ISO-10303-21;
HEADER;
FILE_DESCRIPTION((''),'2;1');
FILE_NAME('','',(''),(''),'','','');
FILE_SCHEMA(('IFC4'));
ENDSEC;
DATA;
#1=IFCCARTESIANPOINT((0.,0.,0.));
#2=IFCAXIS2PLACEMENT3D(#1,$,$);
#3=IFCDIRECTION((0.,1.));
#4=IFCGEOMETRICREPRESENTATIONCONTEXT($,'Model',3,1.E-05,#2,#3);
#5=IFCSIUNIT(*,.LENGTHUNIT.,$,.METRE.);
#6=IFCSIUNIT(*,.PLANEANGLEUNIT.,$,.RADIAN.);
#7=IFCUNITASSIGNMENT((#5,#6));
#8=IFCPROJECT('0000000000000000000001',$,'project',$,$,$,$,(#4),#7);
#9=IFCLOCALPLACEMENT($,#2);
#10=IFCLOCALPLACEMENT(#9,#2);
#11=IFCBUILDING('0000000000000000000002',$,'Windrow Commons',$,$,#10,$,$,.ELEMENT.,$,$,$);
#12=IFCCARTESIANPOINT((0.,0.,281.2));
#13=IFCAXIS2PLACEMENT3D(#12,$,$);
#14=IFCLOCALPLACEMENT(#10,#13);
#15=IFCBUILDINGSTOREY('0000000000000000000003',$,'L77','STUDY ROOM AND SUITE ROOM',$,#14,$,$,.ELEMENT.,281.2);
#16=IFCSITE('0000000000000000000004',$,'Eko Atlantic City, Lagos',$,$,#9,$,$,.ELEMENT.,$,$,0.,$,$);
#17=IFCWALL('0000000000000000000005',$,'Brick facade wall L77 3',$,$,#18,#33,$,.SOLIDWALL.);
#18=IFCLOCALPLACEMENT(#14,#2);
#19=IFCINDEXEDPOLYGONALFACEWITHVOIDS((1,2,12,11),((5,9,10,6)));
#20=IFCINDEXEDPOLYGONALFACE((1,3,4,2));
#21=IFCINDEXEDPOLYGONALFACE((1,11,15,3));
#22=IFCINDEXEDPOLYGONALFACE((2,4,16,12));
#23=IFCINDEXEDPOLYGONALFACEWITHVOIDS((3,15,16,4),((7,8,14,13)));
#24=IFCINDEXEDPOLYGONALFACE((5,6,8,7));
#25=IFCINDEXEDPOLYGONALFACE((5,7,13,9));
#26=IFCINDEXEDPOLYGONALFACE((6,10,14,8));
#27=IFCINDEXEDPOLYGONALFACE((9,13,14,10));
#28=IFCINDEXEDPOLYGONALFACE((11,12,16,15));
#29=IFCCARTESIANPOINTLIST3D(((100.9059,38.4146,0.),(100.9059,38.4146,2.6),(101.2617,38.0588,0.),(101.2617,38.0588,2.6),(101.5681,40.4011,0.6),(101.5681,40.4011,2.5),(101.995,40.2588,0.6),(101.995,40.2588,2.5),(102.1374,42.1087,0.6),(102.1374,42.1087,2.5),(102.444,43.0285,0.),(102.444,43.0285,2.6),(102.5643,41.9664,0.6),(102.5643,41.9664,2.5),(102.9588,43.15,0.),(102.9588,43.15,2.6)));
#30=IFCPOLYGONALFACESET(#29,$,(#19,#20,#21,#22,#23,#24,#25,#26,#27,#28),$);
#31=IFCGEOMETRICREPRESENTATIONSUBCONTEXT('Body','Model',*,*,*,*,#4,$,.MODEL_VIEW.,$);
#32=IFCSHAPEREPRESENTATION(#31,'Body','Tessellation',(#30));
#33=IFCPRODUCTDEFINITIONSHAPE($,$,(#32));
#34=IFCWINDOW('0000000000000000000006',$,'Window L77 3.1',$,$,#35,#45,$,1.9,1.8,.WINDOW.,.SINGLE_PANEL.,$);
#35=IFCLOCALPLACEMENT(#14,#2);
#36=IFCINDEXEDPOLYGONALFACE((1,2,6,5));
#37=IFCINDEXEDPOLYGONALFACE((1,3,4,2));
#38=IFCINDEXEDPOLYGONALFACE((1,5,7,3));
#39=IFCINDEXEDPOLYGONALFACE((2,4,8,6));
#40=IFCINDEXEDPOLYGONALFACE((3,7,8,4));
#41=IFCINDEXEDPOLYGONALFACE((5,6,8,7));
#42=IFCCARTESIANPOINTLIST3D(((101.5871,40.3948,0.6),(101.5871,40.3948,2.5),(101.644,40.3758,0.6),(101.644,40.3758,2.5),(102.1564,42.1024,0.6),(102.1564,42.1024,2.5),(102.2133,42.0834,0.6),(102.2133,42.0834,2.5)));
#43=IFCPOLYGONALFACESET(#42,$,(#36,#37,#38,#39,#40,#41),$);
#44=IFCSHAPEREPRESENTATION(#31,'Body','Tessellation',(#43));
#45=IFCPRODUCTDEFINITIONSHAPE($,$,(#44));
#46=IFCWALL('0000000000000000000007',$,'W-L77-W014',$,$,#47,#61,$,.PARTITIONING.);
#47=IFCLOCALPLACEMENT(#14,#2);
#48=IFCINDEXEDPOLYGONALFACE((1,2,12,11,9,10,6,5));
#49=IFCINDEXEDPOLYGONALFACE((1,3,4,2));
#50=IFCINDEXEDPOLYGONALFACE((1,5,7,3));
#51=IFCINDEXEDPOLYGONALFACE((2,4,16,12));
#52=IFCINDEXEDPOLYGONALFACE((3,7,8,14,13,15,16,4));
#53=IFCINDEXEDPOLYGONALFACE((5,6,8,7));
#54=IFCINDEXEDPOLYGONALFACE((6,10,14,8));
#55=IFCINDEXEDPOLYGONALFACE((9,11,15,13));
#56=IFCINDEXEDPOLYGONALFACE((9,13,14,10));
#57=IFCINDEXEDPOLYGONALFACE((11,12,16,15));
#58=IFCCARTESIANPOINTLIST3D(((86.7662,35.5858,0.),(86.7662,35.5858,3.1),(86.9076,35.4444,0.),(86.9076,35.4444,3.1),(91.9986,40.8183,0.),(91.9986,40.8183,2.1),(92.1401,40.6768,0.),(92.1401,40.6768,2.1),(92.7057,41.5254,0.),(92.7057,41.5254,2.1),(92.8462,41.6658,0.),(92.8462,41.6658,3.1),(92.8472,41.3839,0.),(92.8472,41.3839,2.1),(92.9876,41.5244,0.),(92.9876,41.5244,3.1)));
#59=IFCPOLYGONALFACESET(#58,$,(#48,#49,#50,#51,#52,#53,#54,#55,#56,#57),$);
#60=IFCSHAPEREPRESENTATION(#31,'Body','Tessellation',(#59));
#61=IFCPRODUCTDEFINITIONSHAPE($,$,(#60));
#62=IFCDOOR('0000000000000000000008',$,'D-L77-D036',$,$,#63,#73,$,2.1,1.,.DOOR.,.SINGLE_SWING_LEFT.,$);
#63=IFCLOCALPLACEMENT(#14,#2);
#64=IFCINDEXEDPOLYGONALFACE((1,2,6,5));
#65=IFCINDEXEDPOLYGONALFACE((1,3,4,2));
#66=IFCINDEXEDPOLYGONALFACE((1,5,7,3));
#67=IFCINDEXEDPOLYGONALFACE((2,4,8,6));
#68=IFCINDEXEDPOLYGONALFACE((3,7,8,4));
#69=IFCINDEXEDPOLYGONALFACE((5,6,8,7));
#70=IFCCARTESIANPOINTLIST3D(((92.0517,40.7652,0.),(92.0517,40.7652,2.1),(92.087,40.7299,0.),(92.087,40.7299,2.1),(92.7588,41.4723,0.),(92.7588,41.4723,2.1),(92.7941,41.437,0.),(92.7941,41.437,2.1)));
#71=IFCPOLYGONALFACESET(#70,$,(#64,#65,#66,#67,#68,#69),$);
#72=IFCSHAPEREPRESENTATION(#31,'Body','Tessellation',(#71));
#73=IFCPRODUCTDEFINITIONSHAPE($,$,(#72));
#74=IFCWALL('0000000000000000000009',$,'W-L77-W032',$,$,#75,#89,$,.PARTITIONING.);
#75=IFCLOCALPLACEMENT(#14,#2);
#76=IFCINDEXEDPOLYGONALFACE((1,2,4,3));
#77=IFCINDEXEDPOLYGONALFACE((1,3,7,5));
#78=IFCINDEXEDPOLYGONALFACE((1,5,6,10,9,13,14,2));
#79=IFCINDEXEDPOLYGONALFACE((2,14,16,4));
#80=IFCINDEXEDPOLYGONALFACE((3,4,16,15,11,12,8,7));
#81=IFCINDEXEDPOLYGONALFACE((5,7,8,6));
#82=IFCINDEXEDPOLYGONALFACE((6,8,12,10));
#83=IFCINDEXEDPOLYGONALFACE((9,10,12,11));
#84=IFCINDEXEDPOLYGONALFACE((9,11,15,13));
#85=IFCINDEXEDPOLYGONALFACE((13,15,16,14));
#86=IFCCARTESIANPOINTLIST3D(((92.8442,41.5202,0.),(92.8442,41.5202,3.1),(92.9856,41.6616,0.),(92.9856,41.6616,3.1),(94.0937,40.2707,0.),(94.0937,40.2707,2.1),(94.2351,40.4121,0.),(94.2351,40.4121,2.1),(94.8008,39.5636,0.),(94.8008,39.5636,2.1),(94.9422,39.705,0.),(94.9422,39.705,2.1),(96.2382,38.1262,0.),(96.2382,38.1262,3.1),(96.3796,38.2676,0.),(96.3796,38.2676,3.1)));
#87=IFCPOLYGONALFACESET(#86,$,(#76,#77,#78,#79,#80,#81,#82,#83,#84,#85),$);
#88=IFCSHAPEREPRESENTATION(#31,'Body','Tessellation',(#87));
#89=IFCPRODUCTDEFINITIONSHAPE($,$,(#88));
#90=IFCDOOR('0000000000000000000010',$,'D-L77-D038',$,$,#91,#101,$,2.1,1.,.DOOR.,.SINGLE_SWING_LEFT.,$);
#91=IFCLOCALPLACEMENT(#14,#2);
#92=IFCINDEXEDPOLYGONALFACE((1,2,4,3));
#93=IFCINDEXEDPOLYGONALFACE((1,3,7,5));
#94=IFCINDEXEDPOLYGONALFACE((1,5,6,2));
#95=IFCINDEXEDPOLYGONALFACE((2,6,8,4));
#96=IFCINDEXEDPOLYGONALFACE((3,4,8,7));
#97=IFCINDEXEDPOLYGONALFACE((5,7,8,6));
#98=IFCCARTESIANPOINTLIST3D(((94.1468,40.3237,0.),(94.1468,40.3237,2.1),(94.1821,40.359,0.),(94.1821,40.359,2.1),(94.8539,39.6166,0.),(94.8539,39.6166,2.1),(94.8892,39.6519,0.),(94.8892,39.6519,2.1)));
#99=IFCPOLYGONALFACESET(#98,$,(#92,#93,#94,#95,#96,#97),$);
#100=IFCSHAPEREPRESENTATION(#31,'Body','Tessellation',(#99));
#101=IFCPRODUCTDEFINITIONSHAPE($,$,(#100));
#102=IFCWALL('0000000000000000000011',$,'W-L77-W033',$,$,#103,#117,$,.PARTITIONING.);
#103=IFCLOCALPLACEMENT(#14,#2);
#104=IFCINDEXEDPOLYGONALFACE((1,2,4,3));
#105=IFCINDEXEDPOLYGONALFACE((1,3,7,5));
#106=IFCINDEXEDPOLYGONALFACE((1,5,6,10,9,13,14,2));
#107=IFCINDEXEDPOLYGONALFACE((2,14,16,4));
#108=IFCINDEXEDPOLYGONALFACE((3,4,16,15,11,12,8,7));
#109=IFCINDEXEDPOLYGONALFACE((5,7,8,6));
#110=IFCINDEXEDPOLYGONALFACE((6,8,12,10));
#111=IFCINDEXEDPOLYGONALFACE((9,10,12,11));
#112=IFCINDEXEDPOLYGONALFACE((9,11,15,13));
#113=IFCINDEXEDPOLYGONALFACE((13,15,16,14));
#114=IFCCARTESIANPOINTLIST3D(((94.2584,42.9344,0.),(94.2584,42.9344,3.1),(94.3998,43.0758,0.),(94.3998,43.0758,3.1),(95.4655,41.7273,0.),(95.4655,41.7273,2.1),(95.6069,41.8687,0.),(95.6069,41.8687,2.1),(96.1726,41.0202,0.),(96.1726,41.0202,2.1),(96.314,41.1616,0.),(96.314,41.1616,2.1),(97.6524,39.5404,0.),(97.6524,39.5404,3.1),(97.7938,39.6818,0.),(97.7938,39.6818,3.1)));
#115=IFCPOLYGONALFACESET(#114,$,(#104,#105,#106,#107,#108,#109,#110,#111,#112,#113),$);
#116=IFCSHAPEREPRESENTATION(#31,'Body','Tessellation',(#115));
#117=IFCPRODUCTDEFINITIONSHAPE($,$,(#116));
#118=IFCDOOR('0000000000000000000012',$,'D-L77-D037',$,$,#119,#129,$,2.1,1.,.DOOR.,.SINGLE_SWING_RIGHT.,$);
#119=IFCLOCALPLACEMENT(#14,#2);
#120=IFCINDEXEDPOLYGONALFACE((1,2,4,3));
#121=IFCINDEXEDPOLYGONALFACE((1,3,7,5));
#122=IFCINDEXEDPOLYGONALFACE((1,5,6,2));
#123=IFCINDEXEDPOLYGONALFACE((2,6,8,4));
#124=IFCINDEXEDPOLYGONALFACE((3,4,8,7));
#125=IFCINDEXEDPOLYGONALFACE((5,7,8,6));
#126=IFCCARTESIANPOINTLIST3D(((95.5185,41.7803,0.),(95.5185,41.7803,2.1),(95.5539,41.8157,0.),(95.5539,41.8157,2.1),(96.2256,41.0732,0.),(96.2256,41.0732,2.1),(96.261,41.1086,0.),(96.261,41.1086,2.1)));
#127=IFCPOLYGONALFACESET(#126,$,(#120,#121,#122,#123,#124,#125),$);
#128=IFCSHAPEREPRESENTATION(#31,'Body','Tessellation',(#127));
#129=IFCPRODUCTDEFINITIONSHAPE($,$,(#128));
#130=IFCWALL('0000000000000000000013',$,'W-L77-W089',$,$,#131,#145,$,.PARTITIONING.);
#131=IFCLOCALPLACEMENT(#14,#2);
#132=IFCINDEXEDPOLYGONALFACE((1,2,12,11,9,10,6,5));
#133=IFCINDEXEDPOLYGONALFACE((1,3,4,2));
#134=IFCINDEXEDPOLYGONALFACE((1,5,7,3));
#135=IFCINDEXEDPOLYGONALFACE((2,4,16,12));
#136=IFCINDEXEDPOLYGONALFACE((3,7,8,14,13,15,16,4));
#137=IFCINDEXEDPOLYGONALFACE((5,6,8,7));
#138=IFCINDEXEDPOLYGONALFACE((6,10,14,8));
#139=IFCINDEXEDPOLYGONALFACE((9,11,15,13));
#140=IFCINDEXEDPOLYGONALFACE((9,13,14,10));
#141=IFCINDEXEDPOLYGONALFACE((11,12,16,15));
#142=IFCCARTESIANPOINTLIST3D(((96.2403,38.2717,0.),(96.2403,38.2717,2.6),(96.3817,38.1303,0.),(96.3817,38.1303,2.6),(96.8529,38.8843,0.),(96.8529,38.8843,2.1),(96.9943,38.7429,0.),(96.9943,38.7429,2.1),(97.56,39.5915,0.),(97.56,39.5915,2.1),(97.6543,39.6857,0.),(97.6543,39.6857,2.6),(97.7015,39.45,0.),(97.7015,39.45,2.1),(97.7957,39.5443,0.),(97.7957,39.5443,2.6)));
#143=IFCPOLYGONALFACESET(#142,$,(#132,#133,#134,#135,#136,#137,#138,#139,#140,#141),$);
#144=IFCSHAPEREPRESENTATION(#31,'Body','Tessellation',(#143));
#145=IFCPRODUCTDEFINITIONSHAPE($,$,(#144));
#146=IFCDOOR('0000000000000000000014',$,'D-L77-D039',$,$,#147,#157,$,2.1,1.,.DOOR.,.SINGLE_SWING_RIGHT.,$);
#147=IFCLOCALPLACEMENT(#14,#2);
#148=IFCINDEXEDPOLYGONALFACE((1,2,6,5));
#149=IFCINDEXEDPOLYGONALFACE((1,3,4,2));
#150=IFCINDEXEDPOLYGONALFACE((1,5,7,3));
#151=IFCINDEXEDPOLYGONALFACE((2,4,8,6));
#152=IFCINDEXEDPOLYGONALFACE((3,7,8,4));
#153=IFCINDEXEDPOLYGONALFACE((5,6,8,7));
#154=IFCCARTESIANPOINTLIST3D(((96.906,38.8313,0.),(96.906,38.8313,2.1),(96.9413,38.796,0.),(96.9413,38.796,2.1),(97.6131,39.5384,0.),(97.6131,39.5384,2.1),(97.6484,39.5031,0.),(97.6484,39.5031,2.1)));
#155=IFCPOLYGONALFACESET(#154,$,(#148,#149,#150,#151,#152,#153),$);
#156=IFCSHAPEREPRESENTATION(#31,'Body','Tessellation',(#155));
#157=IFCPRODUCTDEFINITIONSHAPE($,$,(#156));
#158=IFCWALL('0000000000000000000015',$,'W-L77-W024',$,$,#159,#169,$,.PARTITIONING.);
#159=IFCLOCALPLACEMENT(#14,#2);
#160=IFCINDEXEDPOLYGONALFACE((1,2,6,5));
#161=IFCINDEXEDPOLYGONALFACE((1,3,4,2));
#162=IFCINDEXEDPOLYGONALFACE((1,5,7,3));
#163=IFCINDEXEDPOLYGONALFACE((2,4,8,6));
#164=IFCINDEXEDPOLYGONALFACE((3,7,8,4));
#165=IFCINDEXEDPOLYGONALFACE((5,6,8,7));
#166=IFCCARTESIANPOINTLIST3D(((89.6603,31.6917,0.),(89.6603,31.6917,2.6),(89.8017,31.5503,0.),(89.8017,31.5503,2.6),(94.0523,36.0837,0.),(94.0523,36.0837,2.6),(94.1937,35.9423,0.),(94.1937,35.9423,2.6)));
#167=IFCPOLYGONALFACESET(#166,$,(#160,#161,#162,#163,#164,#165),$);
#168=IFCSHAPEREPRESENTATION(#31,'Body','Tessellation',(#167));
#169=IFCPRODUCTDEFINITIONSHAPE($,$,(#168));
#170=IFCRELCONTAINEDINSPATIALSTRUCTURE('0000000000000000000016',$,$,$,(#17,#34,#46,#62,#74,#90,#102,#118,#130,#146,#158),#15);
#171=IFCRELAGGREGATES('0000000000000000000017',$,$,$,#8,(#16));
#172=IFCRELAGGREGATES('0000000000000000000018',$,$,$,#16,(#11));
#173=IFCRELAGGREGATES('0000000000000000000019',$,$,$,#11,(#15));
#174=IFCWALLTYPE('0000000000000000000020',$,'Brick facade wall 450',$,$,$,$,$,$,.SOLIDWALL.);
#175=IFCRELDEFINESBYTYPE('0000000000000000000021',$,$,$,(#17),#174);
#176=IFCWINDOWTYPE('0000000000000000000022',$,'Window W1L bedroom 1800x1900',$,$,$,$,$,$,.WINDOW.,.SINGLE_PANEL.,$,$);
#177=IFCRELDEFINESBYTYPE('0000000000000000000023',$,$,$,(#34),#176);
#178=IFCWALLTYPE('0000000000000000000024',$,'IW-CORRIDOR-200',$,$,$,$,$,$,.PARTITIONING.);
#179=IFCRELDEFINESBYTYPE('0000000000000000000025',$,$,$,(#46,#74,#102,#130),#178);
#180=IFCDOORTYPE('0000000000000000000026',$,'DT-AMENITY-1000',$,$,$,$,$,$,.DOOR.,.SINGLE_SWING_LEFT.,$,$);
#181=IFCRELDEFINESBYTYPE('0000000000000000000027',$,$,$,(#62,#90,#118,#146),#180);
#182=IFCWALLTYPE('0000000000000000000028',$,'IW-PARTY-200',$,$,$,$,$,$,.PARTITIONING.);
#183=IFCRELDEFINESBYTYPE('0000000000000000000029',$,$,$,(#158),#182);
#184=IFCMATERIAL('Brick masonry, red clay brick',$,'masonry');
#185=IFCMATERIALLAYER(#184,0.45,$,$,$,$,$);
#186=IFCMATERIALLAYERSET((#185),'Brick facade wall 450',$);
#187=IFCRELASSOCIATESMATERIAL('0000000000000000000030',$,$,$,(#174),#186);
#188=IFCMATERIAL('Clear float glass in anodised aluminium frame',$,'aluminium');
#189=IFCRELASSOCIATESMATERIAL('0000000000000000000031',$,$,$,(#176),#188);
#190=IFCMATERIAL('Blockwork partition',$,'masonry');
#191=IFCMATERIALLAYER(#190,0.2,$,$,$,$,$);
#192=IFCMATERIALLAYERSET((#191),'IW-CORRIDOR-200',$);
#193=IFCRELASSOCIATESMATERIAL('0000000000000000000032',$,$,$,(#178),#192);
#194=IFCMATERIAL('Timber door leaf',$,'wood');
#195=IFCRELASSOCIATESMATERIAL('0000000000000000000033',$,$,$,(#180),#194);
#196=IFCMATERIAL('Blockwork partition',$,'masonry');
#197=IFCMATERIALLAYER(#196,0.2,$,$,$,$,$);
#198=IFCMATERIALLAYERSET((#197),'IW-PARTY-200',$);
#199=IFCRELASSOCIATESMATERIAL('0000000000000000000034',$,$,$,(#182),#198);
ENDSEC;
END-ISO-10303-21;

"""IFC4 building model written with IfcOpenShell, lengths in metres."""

from ifc_helpers import new_model, si_unit, direction, frame, frame_2d, origin, place, context, subcontext, project, spatial, polyline, rectangle, outline, extrude, material, layer, layer_set, type_object, element, fill, save


model = new_model("IFC4")

# Units and contexts
model_context = context("Model", 3, precision=1e-05, world=origin(), true_north=direction((0.0, 1.0)))
body_context = subcontext(model_context, "Body", "Model", "MODEL_VIEW")
ifc_project = project(units=[si_unit("LENGTHUNIT", "METRE"), si_unit("PLANEANGLEUNIT", "RADIAN")], contexts=[model_context])

# Site, building, storey
site_placement = place(None, origin())
site = spatial("IfcSite", under=ifc_project, at=site_placement, Name="Eko Atlantic City, Lagos", CompositionType="ELEMENT", RefElevation=0.0)
building_placement = place(site_placement, origin())
building = spatial("IfcBuilding", under=site, at=building_placement, Name="Windrow Commons", CompositionType="ELEMENT")
storey_placement = place(building_placement, frame((0.0, 0.0, 281.2)))
storey = spatial("IfcBuildingStorey", under=building, at=storey_placement, Name="L77", Description="STUDY ROOM AND SUITE ROOM", CompositionType="ELEMENT", Elevation=281.2)

# Shared definitions
ifc_material_1 = material(Name="Brick masonry, red clay brick", Category="masonry")
ifc_layer_1 = layer(ifc_material_1, 0.45)
ifc_layer_set_1 = layer_set([ifc_layer_1], Name="Brick facade wall 450")
wall_type_1 = type_object("IfcWallType", Name="Brick facade wall 450", PredefinedType="SOLIDWALL", material=ifc_layer_set_1)
ifc_material_2 = material(Name="Clear float glass in anodised aluminium frame", Category="aluminium")
window_type = type_object("IfcWindowType", Name="Window W1L bedroom 1800x1900", PartitioningType="SINGLE_PANEL", PredefinedType="WINDOW", material=ifc_material_2)

# Wall, opening, window
wall_1_placement = place(storey_placement, frame((101.0838, 38.2367, 0.0), z_axis=(0.0, 0.0, 1.0), x_axis=(0.316245, 0.948677, 0.0)))
wall_1 = element("IfcWall", 1, at=wall_1_placement, inside=storey, type_object=wall_type_1, Name="Brick facade wall L77 3", PredefinedType="SOLIDWALL", context=body_context, shape_type="SweptSolid", body=[
    extrude(outline(polyline([(-0.1125, -0.225), (5.2541, -0.225), (4.976, 0.225), (0.1125, 0.225), (-0.1125, -0.225)])), origin(), (0.0, 0.0, 1.0), 2.6),
])
opening_1_placement = place(wall_1_placement, frame((2.2065, 0.0, 0.6)))
opening_1 = element("IfcOpeningElement", 2, at=opening_1_placement, cuts=wall_1, PredefinedType="OPENING", context=body_context, shape_type="SweptSolid", body=[
    extrude(rectangle(XDim=1.8, YDim=1.9, at=frame_2d((0.9, 0.95))), frame((0.0, 0.235, 0.0), z_axis=(0.0, -1.0, 0.0), x_axis=(1.0, 0.0, 0.0)), (0.0, 0.0, 1.0), 0.47),
])
window_1_placement = place(opening_1_placement, origin())
window_1 = element("IfcWindow", 3, at=window_1_placement, inside=storey, type_object=window_type, Name="Window L77 3.1", OverallHeight=1.9, OverallWidth=1.8, PartitioningType="SINGLE_PANEL", PredefinedType="WINDOW", context=body_context, shape_type="SweptSolid", body=[
    extrude(rectangle(XDim=1.8, YDim=1.9, at=frame_2d((0.9, 0.95))), frame((0.0, 0.205, 0.0), z_axis=(0.0, -1.0, 0.0), x_axis=(1.0, 0.0, 0.0)), (0.0, 0.0, 1.0), 0.06),
])
fill(opening_1, window_1)

# Walls, openings, doors
ifc_material_3 = material(Name="Blockwork partition", Category="masonry")
ifc_layer_2 = layer(ifc_material_3, 0.2)
ifc_layer_set_2 = layer_set([ifc_layer_2], Name="IW-CORRIDOR-200")
wall_type_2 = type_object("IfcWallType", Name="IW-CORRIDOR-200", PredefinedType="PARTITIONING", material=ifc_layer_set_2)
wall_2_placement = place(storey_placement, frame((86.8369, 35.5151, 0.0), z_axis=(0.0, 0.0, 1.0), x_axis=(0.707107, 0.707107, 0.0)))
wall_2 = element("IfcWall", 4, at=wall_2_placement, inside=storey, type_object=wall_type_2, Name="W-L77-W014", PredefinedType="PARTITIONING", context=body_context, shape_type="SweptSolid", body=[
    extrude(rectangle(XDim=8.5984, YDim=0.2, at=frame_2d((4.2992, 0.0))), origin(), (0.0, 0.0, 1.0), 3.1),
])
opening_2_placement = place(wall_2_placement, frame((7.3998, 0.0, 0.0)))
opening_2 = element("IfcOpeningElement", 5, at=opening_2_placement, cuts=wall_2, PredefinedType="OPENING", context=body_context, shape_type="SweptSolid", body=[
    extrude(rectangle(XDim=1.0, YDim=2.1, at=frame_2d((0.5, 1.05))), frame((0.0, 0.11, 0.0), z_axis=(0.0, -1.0, 0.0), x_axis=(1.0, 0.0, 0.0)), (0.0, 0.0, 1.0), 0.22),
])
ifc_material_4 = material(Name="Timber door leaf", Category="wood")
door_type_1 = type_object("IfcDoorType", Name="DT-AMENITY-1000", OperationType="SINGLE_SWING_LEFT", PredefinedType="DOOR", material=ifc_material_4)
door_1_placement = place(opening_2_placement, origin())
door_1 = element("IfcDoor", 6, at=door_1_placement, inside=storey, type_object=door_type_1, Name="D-L77-D036", OperationType="SINGLE_SWING_LEFT", OverallHeight=2.1, OverallWidth=1.0, PredefinedType="DOOR", context=body_context, shape_type="SweptSolid", body=[
    extrude(rectangle(XDim=1.0, YDim=2.1, at=frame_2d((0.5, 1.05))), frame((0.0, 0.025, 0.0), z_axis=(0.0, -1.0, 0.0), x_axis=(1.0, 0.0, 0.0)), (0.0, 0.0, 1.0), 0.05),
])
fill(opening_2, door_1)
wall_3_placement = place(storey_placement, frame((92.9149, 41.5909, 0.0), z_axis=(0.0, 0.0, 1.0), x_axis=(0.707107, -0.707107, 0.0)))
wall_3 = element("IfcWall", 7, at=wall_3_placement, inside=storey, type_object=wall_type_2, Name="W-L77-W032", PredefinedType="PARTITIONING", context=body_context, shape_type="SweptSolid", body=[
    extrude(rectangle(XDim=4.7998, YDim=0.2, at=frame_2d((2.3999, 0.0))), origin(), (0.0, 0.0, 1.0), 3.1),
])
opening_3_placement = place(wall_3_placement, frame((1.7671, 0.0, 0.0)))
opening_3 = element("IfcOpeningElement", 8, at=opening_3_placement, cuts=wall_3, PredefinedType="OPENING", context=body_context, shape_type="SweptSolid", body=[
    extrude(rectangle(XDim=1.0, YDim=2.1, at=frame_2d((0.5, 1.05))), frame((0.0, 0.11, 0.0), z_axis=(0.0, -1.0, 0.0), x_axis=(1.0, 0.0, 0.0)), (0.0, 0.0, 1.0), 0.22),
])
door_2_placement = place(opening_3_placement, origin())
door_2 = element("IfcDoor", 9, at=door_2_placement, inside=storey, type_object=door_type_1, Name="D-L77-D038", OperationType="SINGLE_SWING_LEFT", OverallHeight=2.1, OverallWidth=1.0, PredefinedType="DOOR", context=body_context, shape_type="SweptSolid", body=[
    extrude(rectangle(XDim=1.0, YDim=2.1, at=frame_2d((0.5, 1.05))), frame((0.0, 0.025, 0.0), z_axis=(0.0, -1.0, 0.0), x_axis=(1.0, 0.0, 0.0)), (0.0, 0.0, 1.0), 0.05),
])
fill(opening_3, door_2)
wall_4_placement = place(storey_placement, frame((94.3291, 43.0051, 0.0), z_axis=(0.0, 0.0, 1.0), x_axis=(0.707107, -0.707107, 0.0)))
wall_4 = element("IfcWall", 10, at=wall_4_placement, inside=storey, type_object=wall_type_2, Name="W-L77-W033", PredefinedType="PARTITIONING", context=body_context, shape_type="SweptSolid", body=[
    extrude(rectangle(XDim=4.7998, YDim=0.2, at=frame_2d((2.3999, 0.0))), origin(), (0.0, 0.0, 1.0), 3.1),
])
opening_4_placement = place(wall_4_placement, frame((1.7071, 0.0, 0.0)))
opening_4 = element("IfcOpeningElement", 11, at=opening_4_placement, cuts=wall_4, PredefinedType="OPENING", context=body_context, shape_type="SweptSolid", body=[
    extrude(rectangle(XDim=1.0, YDim=2.1, at=frame_2d((0.5, 1.05))), frame((0.0, 0.11, 0.0), z_axis=(0.0, -1.0, 0.0), x_axis=(1.0, 0.0, 0.0)), (0.0, 0.0, 1.0), 0.22),
])
door_3_placement = place(opening_4_placement, origin())
door_3 = element("IfcDoor", 12, at=door_3_placement, inside=storey, type_object=door_type_1, Name="D-L77-D037", OperationType="SINGLE_SWING_RIGHT", OverallHeight=2.1, OverallWidth=1.0, PredefinedType="DOOR", context=body_context, shape_type="SweptSolid", body=[
    extrude(rectangle(XDim=1.0, YDim=2.1, at=frame_2d((0.5, 1.05))), frame((0.0, 0.025, 0.0), z_axis=(0.0, -1.0, 0.0), x_axis=(1.0, 0.0, 0.0)), (0.0, 0.0, 1.0), 0.05),
])
fill(opening_4, door_3)
wall_5_placement = place(storey_placement, frame((96.311, 38.201, 0.0), z_axis=(0.0, 0.0, 1.0), x_axis=(0.707107, 0.707107, 0.0)))
wall_5 = element("IfcWall", 13, at=wall_5_placement, inside=storey, type_object=wall_type_2, Name="W-L77-W089", PredefinedType="PARTITIONING", context=body_context, shape_type="SweptSolid", body=[
    extrude(rectangle(XDim=1.9997, YDim=0.2, at=frame_2d((0.9999, 0.0))), origin(), (0.0, 0.0, 1.0), 2.6),
])
opening_5_placement = place(wall_5_placement, frame((0.8664, 0.0, 0.0)))
opening_5 = element("IfcOpeningElement", 14, at=opening_5_placement, cuts=wall_5, PredefinedType="OPENING", context=body_context, shape_type="SweptSolid", body=[
    extrude(rectangle(XDim=1.0, YDim=2.1, at=frame_2d((0.5, 1.05))), frame((0.0, 0.11, 0.0), z_axis=(0.0, -1.0, 0.0), x_axis=(1.0, 0.0, 0.0)), (0.0, 0.0, 1.0), 0.22),
])
door_4_placement = place(opening_5_placement, origin())
door_4 = element("IfcDoor", 15, at=door_4_placement, inside=storey, type_object=door_type_1, Name="D-L77-D039", OperationType="SINGLE_SWING_RIGHT", OverallHeight=2.1, OverallWidth=1.0, PredefinedType="DOOR", context=body_context, shape_type="SweptSolid", body=[
    extrude(rectangle(XDim=1.0, YDim=2.1, at=frame_2d((0.5, 1.05))), frame((0.0, 0.025, 0.0), z_axis=(0.0, -1.0, 0.0), x_axis=(1.0, 0.0, 0.0)), (0.0, 0.0, 1.0), 0.05),
])
fill(opening_5, door_4)

# Wall
ifc_material_5 = material(Name="Blockwork partition", Category="masonry")
ifc_layer_3 = layer(ifc_material_5, 0.2)
ifc_layer_set_3 = layer_set([ifc_layer_3], Name="IW-PARTY-200")
wall_type_3 = type_object("IfcWallType", Name="IW-PARTY-200", PredefinedType="PARTITIONING", material=ifc_layer_set_3)
wall_6_placement = place(storey_placement, frame((89.731, 31.621, 0.0), z_axis=(0.0, 0.0, 1.0), x_axis=(0.707107, 0.707107, 0.0)))
element("IfcWall", 16, at=wall_6_placement, inside=storey, type_object=wall_type_3, Name="W-L77-W024", PredefinedType="PARTITIONING", context=body_context, shape_type="SweptSolid", body=[
    extrude(rectangle(XDim=6.2112, YDim=0.2, at=frame_2d((3.1056, 0.0))), origin(), (0.0, 0.0, 1.0), 2.6),
])

save(model, "model.ifc")
